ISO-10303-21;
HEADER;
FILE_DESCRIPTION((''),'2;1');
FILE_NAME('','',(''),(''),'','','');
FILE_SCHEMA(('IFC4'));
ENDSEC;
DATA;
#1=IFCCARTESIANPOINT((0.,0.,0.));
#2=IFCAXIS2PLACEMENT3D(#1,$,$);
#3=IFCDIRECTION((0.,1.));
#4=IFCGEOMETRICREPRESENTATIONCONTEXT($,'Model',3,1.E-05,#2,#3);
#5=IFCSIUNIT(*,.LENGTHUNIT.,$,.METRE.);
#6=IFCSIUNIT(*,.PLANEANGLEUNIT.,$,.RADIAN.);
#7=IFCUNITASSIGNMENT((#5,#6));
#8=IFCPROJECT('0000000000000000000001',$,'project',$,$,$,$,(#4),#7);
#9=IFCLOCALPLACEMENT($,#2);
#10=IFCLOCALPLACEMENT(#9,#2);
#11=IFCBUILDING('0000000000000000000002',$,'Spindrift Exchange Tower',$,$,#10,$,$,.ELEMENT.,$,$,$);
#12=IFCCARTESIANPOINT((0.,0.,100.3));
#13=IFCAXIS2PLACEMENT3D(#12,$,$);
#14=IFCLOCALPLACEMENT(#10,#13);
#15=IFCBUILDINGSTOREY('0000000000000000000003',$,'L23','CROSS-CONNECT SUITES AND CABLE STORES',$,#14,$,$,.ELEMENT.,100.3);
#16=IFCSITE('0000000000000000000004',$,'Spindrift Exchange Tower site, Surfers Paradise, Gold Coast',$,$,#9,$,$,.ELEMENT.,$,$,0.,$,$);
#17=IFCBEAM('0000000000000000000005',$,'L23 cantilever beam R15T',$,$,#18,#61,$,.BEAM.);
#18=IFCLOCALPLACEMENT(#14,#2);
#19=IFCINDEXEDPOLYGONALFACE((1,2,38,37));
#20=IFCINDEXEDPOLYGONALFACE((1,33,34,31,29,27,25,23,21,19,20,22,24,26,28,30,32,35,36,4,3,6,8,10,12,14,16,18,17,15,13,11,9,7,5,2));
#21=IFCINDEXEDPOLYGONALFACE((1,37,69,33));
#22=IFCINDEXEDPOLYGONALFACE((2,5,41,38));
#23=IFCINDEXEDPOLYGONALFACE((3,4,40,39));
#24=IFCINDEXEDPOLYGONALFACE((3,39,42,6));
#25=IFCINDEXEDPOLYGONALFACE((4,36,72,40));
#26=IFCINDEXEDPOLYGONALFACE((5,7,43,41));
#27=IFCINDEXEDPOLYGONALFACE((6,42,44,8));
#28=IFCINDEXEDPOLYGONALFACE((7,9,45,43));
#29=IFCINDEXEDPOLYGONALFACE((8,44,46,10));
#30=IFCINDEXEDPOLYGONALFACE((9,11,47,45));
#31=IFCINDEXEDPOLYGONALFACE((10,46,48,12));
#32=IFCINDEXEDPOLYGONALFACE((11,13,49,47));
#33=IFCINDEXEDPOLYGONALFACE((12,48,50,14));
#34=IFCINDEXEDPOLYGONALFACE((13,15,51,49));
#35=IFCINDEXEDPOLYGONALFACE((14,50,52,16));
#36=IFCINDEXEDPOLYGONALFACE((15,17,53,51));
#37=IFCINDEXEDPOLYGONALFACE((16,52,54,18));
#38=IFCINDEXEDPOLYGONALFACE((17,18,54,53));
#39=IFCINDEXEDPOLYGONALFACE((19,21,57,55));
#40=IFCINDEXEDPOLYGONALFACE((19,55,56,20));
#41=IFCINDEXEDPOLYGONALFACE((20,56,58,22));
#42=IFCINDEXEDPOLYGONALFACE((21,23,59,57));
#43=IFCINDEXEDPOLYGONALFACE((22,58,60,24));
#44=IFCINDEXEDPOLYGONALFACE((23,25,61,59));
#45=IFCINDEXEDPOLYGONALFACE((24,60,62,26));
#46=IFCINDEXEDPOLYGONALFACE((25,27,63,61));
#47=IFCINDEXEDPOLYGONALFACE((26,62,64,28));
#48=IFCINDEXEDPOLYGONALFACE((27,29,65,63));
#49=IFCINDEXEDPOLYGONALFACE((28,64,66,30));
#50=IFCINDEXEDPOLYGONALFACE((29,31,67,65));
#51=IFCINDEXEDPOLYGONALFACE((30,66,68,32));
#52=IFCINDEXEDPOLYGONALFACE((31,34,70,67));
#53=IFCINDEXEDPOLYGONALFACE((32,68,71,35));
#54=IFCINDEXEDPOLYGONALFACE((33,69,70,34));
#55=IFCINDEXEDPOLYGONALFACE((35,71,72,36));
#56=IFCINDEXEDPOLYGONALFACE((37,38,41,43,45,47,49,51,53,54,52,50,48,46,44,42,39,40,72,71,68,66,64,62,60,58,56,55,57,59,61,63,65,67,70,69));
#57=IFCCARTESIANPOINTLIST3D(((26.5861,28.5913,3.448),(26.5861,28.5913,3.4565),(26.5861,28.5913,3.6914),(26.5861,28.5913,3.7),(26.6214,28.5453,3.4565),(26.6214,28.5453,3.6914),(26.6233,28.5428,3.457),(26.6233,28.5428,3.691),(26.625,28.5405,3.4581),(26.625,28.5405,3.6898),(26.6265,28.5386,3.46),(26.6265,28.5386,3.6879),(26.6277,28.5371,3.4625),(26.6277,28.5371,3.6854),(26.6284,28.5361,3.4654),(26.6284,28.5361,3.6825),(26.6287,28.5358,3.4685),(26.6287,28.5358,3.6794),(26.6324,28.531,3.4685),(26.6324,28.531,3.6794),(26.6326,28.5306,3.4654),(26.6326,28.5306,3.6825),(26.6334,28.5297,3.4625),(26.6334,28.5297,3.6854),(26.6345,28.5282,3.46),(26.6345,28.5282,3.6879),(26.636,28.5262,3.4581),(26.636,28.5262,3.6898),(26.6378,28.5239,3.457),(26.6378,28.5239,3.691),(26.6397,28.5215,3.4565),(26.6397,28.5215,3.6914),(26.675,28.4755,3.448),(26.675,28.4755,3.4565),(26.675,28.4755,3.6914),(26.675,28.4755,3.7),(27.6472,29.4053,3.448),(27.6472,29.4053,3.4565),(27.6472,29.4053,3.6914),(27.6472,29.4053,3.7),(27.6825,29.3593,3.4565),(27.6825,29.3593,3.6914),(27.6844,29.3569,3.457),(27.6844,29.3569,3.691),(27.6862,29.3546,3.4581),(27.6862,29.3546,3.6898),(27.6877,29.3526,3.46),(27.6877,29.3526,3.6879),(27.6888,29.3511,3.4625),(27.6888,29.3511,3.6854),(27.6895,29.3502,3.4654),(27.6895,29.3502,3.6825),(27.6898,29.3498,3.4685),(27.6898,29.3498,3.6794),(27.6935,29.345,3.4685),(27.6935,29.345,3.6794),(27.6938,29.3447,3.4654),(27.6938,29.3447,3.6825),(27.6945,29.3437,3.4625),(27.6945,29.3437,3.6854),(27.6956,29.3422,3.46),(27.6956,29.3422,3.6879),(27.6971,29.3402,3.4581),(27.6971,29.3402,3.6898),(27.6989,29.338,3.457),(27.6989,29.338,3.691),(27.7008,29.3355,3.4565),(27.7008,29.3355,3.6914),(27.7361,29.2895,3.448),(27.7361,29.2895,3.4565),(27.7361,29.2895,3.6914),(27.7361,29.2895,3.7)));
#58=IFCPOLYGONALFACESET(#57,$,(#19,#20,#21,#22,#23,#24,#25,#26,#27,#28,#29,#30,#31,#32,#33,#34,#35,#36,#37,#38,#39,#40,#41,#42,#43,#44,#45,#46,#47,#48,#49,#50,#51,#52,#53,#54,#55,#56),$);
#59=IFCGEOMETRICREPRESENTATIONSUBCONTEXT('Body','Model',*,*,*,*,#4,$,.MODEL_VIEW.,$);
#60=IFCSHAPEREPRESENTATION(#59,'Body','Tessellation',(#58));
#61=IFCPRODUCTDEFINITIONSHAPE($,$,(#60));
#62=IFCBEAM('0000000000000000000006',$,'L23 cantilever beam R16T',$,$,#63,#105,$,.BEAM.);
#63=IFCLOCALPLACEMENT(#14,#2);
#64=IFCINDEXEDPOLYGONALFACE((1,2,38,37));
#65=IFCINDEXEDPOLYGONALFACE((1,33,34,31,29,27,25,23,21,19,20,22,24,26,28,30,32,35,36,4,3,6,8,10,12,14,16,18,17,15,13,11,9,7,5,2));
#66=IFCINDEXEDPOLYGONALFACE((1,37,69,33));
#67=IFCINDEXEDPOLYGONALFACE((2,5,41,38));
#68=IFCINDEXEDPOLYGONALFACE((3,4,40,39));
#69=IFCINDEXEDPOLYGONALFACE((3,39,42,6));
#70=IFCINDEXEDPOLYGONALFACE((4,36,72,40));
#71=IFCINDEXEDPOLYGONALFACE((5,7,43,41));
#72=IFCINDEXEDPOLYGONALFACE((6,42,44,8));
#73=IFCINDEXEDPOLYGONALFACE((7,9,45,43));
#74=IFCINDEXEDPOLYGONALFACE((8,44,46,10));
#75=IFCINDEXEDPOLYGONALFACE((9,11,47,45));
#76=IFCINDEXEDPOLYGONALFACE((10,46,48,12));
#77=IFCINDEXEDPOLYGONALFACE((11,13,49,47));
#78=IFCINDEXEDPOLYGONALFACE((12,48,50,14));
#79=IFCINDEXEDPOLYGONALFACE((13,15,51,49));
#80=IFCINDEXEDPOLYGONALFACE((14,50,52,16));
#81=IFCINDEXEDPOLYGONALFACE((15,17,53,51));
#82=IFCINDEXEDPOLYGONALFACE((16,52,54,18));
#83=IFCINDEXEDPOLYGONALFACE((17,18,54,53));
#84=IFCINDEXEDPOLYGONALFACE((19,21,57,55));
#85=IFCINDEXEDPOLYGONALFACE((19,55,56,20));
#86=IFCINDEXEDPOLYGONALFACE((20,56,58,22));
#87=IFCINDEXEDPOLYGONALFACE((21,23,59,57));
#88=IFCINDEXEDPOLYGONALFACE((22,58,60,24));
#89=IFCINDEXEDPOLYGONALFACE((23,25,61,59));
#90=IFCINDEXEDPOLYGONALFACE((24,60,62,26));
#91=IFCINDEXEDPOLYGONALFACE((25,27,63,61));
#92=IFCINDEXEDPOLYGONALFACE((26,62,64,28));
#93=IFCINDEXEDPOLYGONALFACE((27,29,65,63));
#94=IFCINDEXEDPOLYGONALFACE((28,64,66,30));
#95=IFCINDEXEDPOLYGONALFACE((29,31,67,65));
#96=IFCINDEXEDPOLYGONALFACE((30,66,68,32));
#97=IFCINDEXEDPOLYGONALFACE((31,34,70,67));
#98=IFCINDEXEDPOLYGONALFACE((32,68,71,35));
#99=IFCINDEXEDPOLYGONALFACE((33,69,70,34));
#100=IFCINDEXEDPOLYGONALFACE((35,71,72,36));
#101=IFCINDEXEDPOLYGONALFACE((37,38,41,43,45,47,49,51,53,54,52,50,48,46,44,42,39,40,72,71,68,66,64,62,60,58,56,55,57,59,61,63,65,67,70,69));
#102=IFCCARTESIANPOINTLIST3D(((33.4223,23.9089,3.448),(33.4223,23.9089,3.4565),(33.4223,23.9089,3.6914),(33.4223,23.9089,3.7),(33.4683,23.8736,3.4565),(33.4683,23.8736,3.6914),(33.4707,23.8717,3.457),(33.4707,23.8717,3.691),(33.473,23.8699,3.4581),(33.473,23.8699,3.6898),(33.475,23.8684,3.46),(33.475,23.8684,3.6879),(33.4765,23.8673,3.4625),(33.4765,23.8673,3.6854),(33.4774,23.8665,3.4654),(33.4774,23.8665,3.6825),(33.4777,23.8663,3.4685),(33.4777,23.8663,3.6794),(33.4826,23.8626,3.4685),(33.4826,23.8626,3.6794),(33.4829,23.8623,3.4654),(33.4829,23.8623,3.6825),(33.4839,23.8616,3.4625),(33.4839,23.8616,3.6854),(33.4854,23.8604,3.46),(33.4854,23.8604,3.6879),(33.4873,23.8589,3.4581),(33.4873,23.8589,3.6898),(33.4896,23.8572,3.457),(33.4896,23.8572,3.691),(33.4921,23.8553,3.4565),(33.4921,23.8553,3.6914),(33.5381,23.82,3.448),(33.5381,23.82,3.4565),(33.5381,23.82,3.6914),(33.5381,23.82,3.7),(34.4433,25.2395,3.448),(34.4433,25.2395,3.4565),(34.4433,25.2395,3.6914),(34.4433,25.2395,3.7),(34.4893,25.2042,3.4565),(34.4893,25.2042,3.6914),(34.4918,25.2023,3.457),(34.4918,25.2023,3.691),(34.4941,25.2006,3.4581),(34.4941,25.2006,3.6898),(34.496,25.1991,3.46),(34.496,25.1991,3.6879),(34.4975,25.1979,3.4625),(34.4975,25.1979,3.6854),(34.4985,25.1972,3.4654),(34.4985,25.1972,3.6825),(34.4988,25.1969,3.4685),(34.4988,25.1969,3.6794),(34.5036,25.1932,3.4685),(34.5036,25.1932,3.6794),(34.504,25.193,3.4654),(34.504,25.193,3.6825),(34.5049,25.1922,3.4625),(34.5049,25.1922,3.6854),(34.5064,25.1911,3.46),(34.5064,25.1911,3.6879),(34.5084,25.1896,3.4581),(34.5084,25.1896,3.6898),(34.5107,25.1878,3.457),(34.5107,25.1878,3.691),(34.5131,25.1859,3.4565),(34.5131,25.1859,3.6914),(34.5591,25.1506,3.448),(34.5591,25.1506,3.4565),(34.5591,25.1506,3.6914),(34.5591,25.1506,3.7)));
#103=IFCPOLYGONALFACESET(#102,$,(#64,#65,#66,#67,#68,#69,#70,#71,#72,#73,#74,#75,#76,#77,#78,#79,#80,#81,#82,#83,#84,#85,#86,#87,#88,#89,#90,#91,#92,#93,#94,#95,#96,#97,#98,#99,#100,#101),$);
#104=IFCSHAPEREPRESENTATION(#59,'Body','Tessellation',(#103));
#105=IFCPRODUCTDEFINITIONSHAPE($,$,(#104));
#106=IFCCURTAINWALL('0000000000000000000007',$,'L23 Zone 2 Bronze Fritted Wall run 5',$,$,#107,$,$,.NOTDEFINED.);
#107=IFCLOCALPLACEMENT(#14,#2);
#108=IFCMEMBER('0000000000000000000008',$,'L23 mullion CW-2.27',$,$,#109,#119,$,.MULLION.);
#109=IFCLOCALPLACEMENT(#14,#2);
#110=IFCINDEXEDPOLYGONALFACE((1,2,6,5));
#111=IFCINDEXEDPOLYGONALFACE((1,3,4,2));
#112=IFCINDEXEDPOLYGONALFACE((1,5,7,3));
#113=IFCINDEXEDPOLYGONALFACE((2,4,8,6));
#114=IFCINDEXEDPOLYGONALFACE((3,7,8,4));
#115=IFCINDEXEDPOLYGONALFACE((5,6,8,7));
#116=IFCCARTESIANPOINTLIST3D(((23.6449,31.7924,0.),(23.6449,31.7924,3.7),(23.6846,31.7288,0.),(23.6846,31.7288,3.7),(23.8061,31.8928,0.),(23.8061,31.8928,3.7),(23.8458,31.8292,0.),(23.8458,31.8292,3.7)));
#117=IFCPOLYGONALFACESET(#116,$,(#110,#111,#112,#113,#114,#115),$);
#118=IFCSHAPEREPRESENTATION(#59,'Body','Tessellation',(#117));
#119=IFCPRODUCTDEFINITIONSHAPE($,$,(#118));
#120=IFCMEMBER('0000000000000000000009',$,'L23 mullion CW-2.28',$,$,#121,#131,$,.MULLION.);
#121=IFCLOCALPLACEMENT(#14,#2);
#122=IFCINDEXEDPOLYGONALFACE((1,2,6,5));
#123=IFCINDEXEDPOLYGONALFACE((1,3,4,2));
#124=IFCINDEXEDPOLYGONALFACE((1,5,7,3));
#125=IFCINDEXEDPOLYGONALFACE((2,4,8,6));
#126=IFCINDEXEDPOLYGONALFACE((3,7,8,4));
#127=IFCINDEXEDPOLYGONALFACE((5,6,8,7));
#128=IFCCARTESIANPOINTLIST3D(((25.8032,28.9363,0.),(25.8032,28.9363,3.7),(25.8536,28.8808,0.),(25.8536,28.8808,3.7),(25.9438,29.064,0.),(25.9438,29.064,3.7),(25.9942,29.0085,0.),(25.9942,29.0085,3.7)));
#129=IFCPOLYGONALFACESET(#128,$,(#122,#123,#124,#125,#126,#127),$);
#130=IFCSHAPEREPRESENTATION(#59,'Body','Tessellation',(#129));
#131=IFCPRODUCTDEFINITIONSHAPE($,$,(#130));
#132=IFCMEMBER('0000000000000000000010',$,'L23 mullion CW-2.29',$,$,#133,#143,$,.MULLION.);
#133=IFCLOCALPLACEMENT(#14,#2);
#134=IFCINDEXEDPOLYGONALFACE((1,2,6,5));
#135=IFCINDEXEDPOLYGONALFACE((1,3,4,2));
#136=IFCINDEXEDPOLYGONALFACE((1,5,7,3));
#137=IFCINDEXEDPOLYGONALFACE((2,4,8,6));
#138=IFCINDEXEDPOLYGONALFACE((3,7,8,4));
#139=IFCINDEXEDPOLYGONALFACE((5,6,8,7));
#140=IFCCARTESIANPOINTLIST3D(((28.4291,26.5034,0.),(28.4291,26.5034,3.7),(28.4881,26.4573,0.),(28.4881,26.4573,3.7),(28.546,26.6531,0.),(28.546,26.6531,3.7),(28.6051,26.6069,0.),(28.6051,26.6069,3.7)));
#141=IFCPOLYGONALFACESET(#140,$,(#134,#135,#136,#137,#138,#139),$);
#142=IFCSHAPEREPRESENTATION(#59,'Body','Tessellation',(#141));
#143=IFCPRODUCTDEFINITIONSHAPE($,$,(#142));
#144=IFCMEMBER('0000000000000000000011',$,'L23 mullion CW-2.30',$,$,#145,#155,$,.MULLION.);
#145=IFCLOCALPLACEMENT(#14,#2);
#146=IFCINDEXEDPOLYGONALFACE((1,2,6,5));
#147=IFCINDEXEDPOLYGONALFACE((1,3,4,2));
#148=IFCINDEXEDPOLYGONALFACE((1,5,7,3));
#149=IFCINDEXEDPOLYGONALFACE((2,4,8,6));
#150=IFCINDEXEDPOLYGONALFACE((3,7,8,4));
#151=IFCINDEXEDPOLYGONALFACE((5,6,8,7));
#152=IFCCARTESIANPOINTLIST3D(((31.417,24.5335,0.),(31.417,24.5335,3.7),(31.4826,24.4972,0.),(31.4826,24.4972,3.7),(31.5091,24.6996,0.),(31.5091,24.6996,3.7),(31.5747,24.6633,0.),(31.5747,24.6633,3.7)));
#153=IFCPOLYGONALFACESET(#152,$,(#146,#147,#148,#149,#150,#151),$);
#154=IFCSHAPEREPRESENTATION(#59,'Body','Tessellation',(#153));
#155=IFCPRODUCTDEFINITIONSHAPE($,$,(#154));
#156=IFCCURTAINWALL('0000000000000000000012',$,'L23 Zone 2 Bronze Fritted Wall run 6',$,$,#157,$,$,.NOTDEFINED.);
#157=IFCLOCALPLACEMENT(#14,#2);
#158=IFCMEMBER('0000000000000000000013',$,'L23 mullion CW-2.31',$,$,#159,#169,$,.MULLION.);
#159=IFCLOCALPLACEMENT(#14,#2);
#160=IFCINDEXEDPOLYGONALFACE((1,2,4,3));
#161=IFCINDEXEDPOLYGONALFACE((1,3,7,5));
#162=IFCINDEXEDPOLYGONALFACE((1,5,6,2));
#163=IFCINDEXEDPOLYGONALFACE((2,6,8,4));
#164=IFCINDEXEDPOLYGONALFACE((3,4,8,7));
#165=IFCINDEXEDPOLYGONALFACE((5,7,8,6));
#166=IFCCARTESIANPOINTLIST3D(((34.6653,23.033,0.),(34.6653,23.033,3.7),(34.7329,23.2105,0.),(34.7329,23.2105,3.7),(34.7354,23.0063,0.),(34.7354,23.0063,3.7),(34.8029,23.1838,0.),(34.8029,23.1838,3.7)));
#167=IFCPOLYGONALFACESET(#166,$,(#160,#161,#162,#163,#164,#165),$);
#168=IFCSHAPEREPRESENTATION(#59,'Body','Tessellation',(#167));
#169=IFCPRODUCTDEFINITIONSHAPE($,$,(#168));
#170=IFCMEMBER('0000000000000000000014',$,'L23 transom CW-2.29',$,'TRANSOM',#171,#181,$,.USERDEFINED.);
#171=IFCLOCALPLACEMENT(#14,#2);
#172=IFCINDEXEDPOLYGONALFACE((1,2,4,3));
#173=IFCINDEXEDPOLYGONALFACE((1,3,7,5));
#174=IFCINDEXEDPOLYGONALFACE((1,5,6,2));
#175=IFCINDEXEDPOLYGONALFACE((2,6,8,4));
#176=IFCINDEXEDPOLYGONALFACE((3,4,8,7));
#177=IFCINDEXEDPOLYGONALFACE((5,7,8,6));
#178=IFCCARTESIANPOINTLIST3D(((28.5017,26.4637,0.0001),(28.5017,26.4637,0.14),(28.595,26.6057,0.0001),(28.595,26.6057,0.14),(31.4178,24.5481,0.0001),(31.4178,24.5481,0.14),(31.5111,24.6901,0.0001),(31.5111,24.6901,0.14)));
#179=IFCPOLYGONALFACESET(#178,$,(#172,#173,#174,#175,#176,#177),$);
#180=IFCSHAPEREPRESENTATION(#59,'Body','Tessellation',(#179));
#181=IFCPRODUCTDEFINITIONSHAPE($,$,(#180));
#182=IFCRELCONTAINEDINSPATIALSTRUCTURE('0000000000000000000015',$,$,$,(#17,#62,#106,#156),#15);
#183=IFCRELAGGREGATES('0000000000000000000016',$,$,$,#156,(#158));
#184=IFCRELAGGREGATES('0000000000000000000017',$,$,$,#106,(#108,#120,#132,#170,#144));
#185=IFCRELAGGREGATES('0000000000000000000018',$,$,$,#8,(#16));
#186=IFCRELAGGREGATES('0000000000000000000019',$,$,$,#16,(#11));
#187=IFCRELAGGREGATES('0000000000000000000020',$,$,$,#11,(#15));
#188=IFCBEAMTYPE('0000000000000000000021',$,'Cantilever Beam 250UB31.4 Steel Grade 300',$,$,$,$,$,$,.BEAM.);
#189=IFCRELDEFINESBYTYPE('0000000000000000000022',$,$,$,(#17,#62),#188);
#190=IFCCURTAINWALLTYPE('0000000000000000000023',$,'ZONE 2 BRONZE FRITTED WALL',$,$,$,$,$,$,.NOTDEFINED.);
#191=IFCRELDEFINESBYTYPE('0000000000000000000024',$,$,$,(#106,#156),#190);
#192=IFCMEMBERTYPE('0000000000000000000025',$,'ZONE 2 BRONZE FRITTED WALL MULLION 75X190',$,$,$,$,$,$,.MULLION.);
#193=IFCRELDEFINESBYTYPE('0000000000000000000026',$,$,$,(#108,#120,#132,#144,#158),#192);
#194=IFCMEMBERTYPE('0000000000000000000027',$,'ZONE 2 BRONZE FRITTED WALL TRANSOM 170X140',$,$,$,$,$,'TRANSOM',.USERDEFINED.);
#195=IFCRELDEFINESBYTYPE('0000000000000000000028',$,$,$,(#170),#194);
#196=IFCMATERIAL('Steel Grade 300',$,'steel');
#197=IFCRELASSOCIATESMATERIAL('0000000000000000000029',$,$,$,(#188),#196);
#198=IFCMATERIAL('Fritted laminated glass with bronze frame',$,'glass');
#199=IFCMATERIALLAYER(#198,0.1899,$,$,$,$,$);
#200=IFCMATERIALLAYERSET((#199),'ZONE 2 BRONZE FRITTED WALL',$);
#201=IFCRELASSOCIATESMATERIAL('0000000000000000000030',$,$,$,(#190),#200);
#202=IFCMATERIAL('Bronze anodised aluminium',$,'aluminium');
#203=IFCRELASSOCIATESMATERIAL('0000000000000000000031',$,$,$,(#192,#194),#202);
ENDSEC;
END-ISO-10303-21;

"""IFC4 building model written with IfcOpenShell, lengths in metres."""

from ifc_helpers import new_model, si_unit, direction, frame, origin, origin_2d, place, context, subcontext, project, spatial, rectangle, i_section, extrude, source, transform, mapped, material, layer, layer_set, material_profile, profile_set, type_object, element, aggregate, save


model = new_model("IFC4")

# Units and contexts
model_context = context("Model", 3, precision=1e-05, world=origin(), true_north=direction((0.0, 1.0)))
body_context = subcontext(model_context, "Body", "Model", "MODEL_VIEW")
ifc_project = project(units=[si_unit("LENGTHUNIT", "METRE"), si_unit("PLANEANGLEUNIT", "RADIAN")], contexts=[model_context])

# Site, building, storey
site_placement = place(None, origin())
site = spatial("IfcSite", under=ifc_project, at=site_placement, Name="Spindrift Exchange Tower site, Surfers Paradise, Gold Coast", CompositionType="ELEMENT", RefElevation=0.0)
building_placement = place(site_placement, origin())
building = spatial("IfcBuilding", under=site, at=building_placement, Name="Spindrift Exchange Tower", CompositionType="ELEMENT")
storey_placement = place(building_placement, frame((0.0, 0.0, 100.3)))
storey = spatial("IfcBuildingStorey", under=building, at=storey_placement, Name="L23", Description="CROSS-CONNECT SUITES AND CABLE STORES", CompositionType="ELEMENT", Elevation=100.3)

# Beams
ifc_material_1 = material(Name="Steel Grade 300", Category="steel")
ifc_material_profile_1 = material_profile(ifc_material_1, i_section(OverallWidth=0.146, OverallDepth=0.252, WebThickness=0.0061, FlangeThickness=0.0085, FilletRadius=0.012, at=origin_2d()), Name="250UB31.4")
ifc_profile_set_1 = profile_set([ifc_material_profile_1], Name="Steel Grade 300")
beam_type_1 = type_object("IfcBeamType", Name="Cantilever Beam 250UB31.4 Steel Grade 300", PredefinedType="BEAM", material=ifc_profile_set_1)
shared_shape_1 = source(origin(), body_context, "Body", "SweptSolid", [
    extrude(i_section(OverallWidth=0.146, OverallDepth=0.252, WebThickness=0.0061, FlangeThickness=0.0085, FilletRadius=0.012, at=origin_2d()), origin(), (0.0, 0.0, 1.0), 1.3374),
])
beam_1_placement = place(storey_placement, frame((27.6917, 29.3474, 3.574), z_axis=(-0.793424, -0.608669, 0.0), x_axis=(0.608669, -0.793424, 0.0)))
element("IfcBeam", 1, at=beam_1_placement, inside=storey, type_object=beam_type_1, Name="L23 cantilever beam R15T", PredefinedType="BEAM", context=body_context, shape_type="MappedRepresentation", body=[
    mapped(shared_shape_1, transform((0.0, 0.0, 0.0), scale=1.0)),
])
shared_shape_2 = source(origin(), body_context, "Body", "SweptSolid", [
    extrude(i_section(OverallWidth=0.146, OverallDepth=0.252, WebThickness=0.0061, FlangeThickness=0.0085, FilletRadius=0.012, at=origin_2d()), origin(), (0.0, 0.0, 1.0), 1.6772),
])
beam_2_placement = place(storey_placement, frame((34.5012, 25.1951, 3.574), z_axis=(-0.608768, -0.793349, 0.0), x_axis=(0.793349, -0.608768, 0.0)))
element("IfcBeam", 2, at=beam_2_placement, inside=storey, type_object=beam_type_1, Name="L23 cantilever beam R16T", PredefinedType="BEAM", context=body_context, shape_type="MappedRepresentation", body=[
    mapped(shared_shape_2, transform((0.0, 0.0, 0.0), scale=1.0)),
])

# Curtain wall, members
ifc_material_2 = material(Name="Fritted laminated glass with bronze frame", Category="glass")
ifc_layer_1 = layer(ifc_material_2, 0.1899)
ifc_layer_set_1 = layer_set([ifc_layer_1], Name="ZONE 2 BRONZE FRITTED WALL")
curtain_wall_type = type_object("IfcCurtainWallType", Name="ZONE 2 BRONZE FRITTED WALL", PredefinedType="NOTDEFINED", material=ifc_layer_set_1)
curtain_wall_1_placement = place(storey_placement, origin())
curtain_wall_1 = element("IfcCurtainWall", 3, at=curtain_wall_1_placement, inside=storey, type_object=curtain_wall_type, Name="L23 Zone 2 Bronze Fritted Wall run 5", PredefinedType="NOTDEFINED")
ifc_material_3 = material(Name="Bronze anodised aluminium", Category="aluminium")
ifc_material_profile_2 = material_profile(ifc_material_3, rectangle(XDim=0.075, YDim=0.1899, at=origin_2d()), Name="ZONE 2 BRONZE FRITTED WALL MULLION 75X190")
ifc_profile_set_2 = profile_set([ifc_material_profile_2], Name="Bronze anodised aluminium")
member_type_1 = type_object("IfcMemberType", Name="ZONE 2 BRONZE FRITTED WALL MULLION 75X190", PredefinedType="MULLION", material=ifc_profile_set_2)
shared_shape_3 = source(origin(), body_context, "Body", "SweptSolid", [
    extrude(rectangle(XDim=0.075, YDim=0.1899, at=origin_2d()), origin(), (0.0, 0.0, 1.0), 3.7),
])
member_1_placement = place(storey_placement, frame((23.7454, 31.8108, 0.0), z_axis=(0.0, 0.0, 1.0), x_axis=(0.528877, -0.848698, 0.0)))
member_1 = element("IfcMember", 4, at=member_1_placement, type_object=member_type_1, Name="L23 mullion CW-2.27", PredefinedType="MULLION", context=body_context, shape_type="MappedRepresentation", body=[
    mapped(shared_shape_3, transform((0.0, 0.0, 0.0), scale=1.0)),
])
member_2_placement = place(storey_placement, frame((25.8987, 28.9724, 0.0), z_axis=(0.0, 0.0, 1.0), x_axis=(0.67218, -0.740388, 0.0)))
member_2 = element("IfcMember", 5, at=member_2_placement, type_object=member_type_1, Name="L23 mullion CW-2.28", PredefinedType="MULLION", context=body_context, shape_type="MappedRepresentation", body=[
    mapped(shared_shape_3, transform((0.0, 0.0, 0.0), scale=1.0)),
])
member_3_placement = place(storey_placement, frame((28.5171, 26.5552, 0.0), z_axis=(0.0, 0.0, 1.0), x_axis=(0.787941, -0.61575, 0.0)))
member_3 = element("IfcMember", 6, at=member_3_placement, type_object=member_type_1, Name="L23 mullion CW-2.29", PredefinedType="MULLION", context=body_context, shape_type="MappedRepresentation", body=[
    mapped(shared_shape_3, transform((0.0, 0.0, 0.0), scale=1.0)),
])
member_4_placement = place(storey_placement, frame((31.4958, 24.5984, 0.0), z_axis=(0.0, 0.0, 1.0), x_axis=(0.874577, -0.484887, 0.0)))
member_4 = element("IfcMember", 7, at=member_4_placement, type_object=member_type_1, Name="L23 mullion CW-2.30", PredefinedType="MULLION", context=body_context, shape_type="MappedRepresentation", body=[
    mapped(shared_shape_3, transform((0.0, 0.0, 0.0), scale=1.0)),
])

# Curtain wall, member
curtain_wall_2_placement = place(storey_placement, origin())
curtain_wall_2 = element("IfcCurtainWall", 8, at=curtain_wall_2_placement, inside=storey, type_object=curtain_wall_type, Name="L23 Zone 2 Bronze Fritted Wall run 6", PredefinedType="NOTDEFINED")
member_5_placement = place(storey_placement, frame((34.7341, 23.1084, 0.0), z_axis=(0.0, 0.0, 1.0), x_axis=(0.934676, -0.355502, 0.0)))
member_5 = element("IfcMember", 9, at=member_5_placement, type_object=member_type_1, Name="L23 mullion CW-2.31", PredefinedType="MULLION", context=body_context, shape_type="MappedRepresentation", body=[
    mapped(shared_shape_3, transform((0.0, 0.0, 0.0), scale=1.0)),
])

# Member
ifc_material_profile_3 = material_profile(ifc_material_3, rectangle(XDim=0.1699, YDim=0.1399, at=origin_2d()), Name="ZONE 2 BRONZE FRITTED WALL TRANSOM 170X140")
ifc_profile_set_3 = profile_set([ifc_material_profile_3], Name="Bronze anodised aluminium")
member_type_2 = type_object("IfcMemberType", Name="ZONE 2 BRONZE FRITTED WALL TRANSOM 170X140", ElementType="TRANSOM", PredefinedType="USERDEFINED", material=ifc_profile_set_3)
shared_shape_4 = source(origin(), body_context, "Body", "SweptSolid", [
    extrude(rectangle(XDim=0.1699, YDim=0.1399, at=origin_2d()), origin(), (0.0, 0.0, 1.0), 3.489),
])
member_6_placement = place(storey_placement, frame((28.5483, 26.5347, 0.0701), z_axis=(0.835799, -0.549035, 0.0), x_axis=(0.549035, 0.835799, 0.0)))
member_6 = element("IfcMember", 10, at=member_6_placement, type_object=member_type_2, Name="L23 transom CW-2.29", ObjectType="TRANSOM", PredefinedType="USERDEFINED", context=body_context, shape_type="MappedRepresentation", body=[
    mapped(shared_shape_4, transform((0.0, 0.0, 0.0), scale=1.0)),
])

aggregate(curtain_wall_2, [member_5])
aggregate(curtain_wall_1, [member_1, member_2, member_3, member_6, member_4])

save(model, "model.ifc")
